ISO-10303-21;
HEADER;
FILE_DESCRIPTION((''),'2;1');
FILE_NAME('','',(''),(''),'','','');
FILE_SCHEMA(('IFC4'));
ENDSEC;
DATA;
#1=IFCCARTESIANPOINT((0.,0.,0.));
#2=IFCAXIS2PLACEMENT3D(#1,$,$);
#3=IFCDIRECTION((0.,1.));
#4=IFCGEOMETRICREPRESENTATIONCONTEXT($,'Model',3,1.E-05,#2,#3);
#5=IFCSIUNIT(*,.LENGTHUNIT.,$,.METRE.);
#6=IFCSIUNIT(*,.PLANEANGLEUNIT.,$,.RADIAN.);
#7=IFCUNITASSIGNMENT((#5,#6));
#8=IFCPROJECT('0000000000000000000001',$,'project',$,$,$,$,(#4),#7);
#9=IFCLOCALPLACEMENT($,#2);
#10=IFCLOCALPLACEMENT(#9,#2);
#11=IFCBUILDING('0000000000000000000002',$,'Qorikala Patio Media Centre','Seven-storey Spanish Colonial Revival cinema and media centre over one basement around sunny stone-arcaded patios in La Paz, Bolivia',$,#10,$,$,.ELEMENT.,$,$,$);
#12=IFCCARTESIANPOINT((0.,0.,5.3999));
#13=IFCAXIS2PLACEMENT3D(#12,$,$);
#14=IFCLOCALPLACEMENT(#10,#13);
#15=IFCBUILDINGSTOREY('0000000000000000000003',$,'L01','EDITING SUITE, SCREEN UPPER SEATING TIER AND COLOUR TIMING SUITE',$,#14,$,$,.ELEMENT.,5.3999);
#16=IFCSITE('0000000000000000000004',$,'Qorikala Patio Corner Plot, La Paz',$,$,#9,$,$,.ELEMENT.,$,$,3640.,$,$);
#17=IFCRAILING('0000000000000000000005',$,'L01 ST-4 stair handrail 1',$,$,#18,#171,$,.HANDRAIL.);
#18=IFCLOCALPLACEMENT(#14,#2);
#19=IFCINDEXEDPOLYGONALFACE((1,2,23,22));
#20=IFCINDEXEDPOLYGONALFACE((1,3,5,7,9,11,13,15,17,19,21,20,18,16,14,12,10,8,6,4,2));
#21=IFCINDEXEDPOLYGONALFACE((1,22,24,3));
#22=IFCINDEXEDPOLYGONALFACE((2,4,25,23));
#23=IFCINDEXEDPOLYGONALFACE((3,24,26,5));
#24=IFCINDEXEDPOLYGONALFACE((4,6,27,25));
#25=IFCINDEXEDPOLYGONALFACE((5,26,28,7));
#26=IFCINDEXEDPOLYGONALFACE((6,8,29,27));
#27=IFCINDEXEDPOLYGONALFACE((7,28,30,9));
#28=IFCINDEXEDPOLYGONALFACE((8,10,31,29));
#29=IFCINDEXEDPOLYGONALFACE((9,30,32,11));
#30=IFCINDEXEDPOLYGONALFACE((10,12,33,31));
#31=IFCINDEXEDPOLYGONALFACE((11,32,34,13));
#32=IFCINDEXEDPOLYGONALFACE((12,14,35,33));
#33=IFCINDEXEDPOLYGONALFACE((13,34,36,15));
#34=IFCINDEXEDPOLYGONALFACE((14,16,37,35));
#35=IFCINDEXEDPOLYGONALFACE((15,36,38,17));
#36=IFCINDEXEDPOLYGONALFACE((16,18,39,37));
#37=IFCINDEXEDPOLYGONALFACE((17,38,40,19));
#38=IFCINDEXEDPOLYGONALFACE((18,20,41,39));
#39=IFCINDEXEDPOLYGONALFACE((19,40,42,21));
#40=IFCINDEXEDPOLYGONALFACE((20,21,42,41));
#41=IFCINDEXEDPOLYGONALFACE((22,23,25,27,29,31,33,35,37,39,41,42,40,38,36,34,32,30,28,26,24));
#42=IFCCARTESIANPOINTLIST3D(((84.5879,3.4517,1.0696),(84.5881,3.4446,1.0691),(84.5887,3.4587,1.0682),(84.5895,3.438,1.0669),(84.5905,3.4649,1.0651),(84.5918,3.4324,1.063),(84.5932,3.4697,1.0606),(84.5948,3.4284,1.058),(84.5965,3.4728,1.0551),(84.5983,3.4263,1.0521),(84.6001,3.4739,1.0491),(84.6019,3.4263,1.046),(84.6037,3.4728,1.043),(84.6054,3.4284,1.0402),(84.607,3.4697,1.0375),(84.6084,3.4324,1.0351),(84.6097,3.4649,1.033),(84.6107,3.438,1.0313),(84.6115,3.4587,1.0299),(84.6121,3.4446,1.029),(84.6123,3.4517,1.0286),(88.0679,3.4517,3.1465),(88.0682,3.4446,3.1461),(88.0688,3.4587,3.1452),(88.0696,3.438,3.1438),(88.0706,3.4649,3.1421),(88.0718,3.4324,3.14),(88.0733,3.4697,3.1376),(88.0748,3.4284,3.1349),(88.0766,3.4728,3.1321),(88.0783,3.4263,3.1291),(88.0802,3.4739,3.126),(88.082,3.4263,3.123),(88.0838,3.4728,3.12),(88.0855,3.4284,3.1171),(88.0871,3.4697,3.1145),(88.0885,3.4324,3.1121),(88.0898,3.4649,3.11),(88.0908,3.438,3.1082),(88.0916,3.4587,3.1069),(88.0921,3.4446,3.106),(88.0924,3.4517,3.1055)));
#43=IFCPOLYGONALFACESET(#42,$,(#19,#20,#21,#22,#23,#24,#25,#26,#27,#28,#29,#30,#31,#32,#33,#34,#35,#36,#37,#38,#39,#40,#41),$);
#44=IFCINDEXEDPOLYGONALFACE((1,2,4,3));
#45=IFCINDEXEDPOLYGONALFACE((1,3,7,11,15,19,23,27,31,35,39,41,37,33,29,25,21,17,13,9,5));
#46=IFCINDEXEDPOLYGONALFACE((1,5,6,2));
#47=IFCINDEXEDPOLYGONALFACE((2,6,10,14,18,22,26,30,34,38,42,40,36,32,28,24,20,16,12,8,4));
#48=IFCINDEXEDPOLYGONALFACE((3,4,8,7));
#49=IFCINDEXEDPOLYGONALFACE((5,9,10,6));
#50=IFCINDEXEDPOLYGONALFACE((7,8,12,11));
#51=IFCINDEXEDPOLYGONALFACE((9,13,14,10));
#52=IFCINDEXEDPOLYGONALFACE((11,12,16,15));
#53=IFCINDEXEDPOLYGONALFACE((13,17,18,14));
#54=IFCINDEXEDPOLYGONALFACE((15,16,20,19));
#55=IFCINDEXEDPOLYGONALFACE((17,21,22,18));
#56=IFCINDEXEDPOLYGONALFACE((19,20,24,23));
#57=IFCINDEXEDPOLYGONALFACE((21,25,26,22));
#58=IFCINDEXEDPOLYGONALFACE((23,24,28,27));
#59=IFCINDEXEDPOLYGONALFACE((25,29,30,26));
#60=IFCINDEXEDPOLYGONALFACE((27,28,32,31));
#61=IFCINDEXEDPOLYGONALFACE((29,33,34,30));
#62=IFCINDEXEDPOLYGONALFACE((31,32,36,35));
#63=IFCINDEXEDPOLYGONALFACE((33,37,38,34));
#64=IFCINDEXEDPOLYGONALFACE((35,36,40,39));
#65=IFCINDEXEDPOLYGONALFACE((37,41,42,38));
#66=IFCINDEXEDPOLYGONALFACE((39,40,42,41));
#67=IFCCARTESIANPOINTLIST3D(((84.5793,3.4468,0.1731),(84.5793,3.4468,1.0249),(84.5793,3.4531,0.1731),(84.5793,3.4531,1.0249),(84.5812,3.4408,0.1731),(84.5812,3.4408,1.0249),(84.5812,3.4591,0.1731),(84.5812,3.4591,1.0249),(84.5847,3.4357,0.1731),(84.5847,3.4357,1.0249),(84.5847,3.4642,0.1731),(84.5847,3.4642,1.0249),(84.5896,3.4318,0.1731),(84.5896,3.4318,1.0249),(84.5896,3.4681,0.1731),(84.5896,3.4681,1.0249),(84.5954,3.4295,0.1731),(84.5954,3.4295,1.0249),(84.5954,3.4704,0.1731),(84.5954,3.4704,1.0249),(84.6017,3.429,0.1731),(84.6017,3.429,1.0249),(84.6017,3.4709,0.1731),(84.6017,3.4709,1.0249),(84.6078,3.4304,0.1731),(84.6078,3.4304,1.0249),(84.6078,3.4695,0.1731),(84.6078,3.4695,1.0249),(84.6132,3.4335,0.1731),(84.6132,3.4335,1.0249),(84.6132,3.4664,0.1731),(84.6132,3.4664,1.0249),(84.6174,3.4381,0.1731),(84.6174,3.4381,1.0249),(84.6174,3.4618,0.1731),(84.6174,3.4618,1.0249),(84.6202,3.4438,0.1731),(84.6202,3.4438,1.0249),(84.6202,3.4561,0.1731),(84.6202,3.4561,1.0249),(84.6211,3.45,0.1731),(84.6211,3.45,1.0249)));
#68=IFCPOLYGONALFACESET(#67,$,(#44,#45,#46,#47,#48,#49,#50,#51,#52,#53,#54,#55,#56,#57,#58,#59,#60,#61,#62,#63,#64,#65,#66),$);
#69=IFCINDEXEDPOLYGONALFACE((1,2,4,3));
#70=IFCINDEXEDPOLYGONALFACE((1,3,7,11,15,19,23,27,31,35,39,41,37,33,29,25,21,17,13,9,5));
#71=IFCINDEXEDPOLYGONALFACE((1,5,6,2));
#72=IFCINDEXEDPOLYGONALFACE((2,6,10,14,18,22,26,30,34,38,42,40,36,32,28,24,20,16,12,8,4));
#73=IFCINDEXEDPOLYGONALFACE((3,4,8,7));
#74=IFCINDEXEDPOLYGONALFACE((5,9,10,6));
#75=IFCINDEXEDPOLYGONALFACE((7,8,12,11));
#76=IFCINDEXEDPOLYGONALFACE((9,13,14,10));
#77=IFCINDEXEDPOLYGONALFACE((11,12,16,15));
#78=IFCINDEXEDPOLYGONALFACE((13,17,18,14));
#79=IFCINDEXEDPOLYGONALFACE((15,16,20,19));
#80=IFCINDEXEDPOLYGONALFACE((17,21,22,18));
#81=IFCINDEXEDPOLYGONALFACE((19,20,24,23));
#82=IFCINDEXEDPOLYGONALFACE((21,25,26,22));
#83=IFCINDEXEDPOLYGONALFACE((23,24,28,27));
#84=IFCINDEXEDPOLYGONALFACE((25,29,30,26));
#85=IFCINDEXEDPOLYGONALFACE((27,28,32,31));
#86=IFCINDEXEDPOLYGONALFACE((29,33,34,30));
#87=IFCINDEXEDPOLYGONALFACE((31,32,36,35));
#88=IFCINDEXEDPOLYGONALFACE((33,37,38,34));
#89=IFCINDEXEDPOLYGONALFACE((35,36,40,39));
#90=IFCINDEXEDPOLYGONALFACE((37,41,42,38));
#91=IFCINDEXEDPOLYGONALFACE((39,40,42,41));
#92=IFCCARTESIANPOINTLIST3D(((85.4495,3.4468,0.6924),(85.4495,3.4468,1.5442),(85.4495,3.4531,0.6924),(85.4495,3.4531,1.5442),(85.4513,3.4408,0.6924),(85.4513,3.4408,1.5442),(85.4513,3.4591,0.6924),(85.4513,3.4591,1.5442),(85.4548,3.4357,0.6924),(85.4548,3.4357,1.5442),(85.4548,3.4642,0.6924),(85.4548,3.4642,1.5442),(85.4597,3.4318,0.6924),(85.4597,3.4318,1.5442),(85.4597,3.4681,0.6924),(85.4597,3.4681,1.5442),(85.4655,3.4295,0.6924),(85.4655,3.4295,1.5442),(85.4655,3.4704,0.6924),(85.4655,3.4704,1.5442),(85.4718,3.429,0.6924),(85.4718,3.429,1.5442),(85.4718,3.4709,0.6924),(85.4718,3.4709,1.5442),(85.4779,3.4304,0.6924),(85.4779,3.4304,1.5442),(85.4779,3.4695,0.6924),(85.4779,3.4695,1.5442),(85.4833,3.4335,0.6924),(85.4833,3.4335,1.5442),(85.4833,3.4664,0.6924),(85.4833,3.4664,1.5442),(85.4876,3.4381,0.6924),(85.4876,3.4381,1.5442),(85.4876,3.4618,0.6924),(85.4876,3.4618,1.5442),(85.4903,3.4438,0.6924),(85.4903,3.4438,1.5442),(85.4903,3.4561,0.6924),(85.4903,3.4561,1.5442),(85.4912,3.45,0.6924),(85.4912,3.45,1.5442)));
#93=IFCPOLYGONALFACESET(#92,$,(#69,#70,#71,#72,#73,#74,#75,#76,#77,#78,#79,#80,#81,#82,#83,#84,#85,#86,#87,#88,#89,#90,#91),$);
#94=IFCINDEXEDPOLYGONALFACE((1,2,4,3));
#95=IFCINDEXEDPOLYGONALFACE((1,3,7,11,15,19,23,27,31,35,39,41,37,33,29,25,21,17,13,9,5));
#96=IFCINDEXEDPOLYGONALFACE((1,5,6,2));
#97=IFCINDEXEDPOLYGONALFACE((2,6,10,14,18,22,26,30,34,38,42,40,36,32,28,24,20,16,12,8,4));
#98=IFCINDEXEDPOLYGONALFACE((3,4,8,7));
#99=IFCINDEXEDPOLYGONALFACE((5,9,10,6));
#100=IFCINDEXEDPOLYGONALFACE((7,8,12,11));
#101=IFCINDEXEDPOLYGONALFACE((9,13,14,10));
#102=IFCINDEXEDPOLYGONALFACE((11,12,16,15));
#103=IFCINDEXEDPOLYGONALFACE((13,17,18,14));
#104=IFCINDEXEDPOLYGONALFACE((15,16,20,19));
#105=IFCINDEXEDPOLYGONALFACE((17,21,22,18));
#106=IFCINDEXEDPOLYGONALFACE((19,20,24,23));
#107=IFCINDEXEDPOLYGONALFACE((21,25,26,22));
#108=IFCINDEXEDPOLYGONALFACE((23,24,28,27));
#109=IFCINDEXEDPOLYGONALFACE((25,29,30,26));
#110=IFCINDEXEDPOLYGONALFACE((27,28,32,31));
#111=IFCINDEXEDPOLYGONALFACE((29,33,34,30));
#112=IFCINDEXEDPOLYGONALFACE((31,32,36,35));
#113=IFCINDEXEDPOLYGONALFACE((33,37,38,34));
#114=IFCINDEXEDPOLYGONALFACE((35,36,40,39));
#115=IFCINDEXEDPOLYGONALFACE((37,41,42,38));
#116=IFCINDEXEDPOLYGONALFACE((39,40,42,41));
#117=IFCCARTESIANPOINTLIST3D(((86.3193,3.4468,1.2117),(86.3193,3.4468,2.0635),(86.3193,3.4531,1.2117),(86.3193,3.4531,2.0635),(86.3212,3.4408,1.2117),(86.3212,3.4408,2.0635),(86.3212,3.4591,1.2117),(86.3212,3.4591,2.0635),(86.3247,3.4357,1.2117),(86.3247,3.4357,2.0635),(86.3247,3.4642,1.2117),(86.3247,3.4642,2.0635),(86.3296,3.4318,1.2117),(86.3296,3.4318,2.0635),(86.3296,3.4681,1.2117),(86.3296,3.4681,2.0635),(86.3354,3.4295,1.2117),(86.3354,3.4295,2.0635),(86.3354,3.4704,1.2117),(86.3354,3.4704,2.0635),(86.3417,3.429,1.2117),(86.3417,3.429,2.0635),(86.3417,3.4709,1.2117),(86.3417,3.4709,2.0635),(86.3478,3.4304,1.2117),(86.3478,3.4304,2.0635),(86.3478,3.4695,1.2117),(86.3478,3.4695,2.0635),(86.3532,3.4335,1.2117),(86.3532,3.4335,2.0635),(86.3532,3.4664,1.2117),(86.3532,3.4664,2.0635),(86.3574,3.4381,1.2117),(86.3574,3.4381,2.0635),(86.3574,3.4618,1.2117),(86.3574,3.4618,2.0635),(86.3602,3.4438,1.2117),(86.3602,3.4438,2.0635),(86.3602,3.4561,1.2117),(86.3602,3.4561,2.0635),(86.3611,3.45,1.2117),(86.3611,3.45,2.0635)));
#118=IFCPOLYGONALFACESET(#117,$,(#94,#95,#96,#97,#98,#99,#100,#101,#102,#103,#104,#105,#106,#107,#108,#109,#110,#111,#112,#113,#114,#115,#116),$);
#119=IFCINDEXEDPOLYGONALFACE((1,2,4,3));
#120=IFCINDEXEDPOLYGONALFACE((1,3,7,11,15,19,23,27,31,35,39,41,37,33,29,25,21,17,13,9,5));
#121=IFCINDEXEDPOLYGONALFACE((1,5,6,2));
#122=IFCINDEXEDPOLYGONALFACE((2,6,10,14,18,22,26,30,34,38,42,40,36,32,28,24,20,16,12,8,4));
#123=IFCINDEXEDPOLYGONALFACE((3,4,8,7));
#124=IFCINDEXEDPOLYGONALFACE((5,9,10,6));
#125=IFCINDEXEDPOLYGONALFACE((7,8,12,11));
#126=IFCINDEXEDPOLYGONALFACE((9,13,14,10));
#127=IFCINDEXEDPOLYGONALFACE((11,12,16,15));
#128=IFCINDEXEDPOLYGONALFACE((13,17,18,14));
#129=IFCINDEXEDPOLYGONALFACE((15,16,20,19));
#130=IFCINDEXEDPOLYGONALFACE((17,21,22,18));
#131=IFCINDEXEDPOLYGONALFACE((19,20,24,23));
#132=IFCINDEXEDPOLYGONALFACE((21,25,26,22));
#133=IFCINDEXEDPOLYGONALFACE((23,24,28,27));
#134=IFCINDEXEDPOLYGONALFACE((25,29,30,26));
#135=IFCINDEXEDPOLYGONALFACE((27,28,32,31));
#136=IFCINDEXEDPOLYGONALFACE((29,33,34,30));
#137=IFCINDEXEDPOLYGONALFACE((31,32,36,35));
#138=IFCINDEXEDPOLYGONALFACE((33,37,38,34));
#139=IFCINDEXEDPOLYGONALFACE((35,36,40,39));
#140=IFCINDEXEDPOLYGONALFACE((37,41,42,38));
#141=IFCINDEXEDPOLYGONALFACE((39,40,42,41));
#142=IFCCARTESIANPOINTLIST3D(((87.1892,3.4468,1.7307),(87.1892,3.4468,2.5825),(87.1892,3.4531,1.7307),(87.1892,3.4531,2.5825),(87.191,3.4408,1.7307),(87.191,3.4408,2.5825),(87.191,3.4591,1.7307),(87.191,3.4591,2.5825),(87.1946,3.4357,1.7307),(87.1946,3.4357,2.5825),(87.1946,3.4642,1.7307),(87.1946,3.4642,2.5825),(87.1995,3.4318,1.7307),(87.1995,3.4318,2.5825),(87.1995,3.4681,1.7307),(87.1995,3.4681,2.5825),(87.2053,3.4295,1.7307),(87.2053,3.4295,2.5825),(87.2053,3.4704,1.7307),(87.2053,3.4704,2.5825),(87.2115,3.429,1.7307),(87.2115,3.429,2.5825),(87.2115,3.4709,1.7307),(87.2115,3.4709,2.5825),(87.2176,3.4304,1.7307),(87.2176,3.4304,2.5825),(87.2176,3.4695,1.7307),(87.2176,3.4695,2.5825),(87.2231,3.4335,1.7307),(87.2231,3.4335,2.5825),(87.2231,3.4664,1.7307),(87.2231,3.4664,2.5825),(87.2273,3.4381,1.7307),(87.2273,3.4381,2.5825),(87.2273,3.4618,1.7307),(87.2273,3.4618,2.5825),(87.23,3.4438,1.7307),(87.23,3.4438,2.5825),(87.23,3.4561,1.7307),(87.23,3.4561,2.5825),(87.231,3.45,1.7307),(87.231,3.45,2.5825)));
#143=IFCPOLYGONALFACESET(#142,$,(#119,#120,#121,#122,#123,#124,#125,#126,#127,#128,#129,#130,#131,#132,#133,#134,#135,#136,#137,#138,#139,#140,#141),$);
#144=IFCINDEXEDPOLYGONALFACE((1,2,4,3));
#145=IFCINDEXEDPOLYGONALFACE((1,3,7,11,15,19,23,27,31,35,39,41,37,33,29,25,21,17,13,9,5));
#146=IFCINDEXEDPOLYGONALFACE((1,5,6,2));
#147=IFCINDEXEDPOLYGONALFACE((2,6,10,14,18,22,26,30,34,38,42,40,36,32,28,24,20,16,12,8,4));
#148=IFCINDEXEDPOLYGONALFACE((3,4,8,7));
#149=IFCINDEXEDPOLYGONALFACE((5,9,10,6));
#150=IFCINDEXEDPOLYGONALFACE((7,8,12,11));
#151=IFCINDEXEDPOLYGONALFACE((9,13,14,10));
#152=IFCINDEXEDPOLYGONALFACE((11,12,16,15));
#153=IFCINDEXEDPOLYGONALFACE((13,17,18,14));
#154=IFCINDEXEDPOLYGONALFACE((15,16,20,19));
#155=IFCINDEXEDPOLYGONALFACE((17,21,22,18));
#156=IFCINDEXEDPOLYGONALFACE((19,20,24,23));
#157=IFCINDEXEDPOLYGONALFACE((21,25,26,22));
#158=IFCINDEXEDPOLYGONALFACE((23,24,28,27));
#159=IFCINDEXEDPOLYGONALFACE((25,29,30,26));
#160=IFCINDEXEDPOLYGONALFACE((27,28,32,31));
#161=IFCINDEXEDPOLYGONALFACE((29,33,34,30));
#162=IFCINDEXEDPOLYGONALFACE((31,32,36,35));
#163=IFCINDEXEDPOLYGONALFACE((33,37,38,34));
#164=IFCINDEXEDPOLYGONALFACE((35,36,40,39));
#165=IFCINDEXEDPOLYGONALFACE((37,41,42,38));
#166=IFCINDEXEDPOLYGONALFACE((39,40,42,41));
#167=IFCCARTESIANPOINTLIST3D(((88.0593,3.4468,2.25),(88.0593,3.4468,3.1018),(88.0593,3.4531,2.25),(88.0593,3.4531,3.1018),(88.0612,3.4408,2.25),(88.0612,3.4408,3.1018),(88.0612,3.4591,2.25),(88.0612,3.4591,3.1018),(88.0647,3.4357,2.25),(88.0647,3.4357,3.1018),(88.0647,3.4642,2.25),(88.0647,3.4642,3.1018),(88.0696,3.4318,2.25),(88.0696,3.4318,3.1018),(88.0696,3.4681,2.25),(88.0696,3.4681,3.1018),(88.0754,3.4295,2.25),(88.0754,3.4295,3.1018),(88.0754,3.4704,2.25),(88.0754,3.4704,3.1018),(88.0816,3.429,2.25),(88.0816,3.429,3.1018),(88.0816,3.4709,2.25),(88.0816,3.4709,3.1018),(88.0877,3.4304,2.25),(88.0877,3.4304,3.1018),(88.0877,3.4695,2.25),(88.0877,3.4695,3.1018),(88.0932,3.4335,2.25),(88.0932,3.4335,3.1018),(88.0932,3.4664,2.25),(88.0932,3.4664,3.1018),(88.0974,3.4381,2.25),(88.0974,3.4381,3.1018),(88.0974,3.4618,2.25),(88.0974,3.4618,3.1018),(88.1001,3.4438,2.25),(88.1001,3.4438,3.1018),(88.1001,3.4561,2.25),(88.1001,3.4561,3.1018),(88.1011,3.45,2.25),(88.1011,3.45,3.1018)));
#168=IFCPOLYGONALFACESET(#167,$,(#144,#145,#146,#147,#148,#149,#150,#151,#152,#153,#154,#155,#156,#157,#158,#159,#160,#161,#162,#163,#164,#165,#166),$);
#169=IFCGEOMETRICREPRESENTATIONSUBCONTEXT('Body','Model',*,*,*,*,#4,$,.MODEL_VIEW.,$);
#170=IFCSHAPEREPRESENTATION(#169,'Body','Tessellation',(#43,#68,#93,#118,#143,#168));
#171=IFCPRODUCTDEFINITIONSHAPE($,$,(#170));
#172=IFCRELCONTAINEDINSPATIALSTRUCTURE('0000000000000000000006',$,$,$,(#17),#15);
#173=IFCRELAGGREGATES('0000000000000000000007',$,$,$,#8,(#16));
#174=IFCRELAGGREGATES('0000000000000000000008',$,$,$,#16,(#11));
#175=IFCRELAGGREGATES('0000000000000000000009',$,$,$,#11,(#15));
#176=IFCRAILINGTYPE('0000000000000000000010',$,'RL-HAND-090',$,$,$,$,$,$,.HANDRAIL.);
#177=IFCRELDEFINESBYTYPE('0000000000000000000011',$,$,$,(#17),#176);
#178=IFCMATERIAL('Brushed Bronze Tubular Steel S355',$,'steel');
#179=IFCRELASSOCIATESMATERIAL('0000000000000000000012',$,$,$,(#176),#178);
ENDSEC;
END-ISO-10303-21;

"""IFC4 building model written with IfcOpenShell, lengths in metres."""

from ifc_helpers import new_model, si_unit, direction, frame, origin, origin_2d, place, context, subcontext, project, spatial, circle, extrude, material, type_object, element, save


model = new_model("IFC4")

# Units and contexts
model_context = context("Model", 3, precision=1e-05, world=origin(), true_north=direction((0.0, 1.0)))
body_context = subcontext(model_context, "Body", "Model", "MODEL_VIEW")
ifc_project = project(units=[si_unit("LENGTHUNIT", "METRE"), si_unit("PLANEANGLEUNIT", "RADIAN")], contexts=[model_context])

# Site, building, storey
site_placement = place(None, origin())
site = spatial("IfcSite", under=ifc_project, at=site_placement, Name="Qorikala Patio Corner Plot, La Paz", CompositionType="ELEMENT", RefElevation=3640.0)
building_placement = place(site_placement, origin())
building = spatial("IfcBuilding", under=site, at=building_placement, Name="Qorikala Patio Media Centre", Description="Seven-storey Spanish Colonial Revival cinema and media centre over one basement around sunny stone-arcaded patios in La Paz, Bolivia", CompositionType="ELEMENT")
storey_placement = place(building_placement, frame((0.0, 0.0, 5.3999)))
storey = spatial("IfcBuildingStorey", under=building, at=storey_placement, Name="L01", Description="EDITING SUITE, SCREEN UPPER SEATING TIER AND COLOUR TIMING SUITE", CompositionType="ELEMENT", Elevation=5.3999)

# Railing
ifc_material_1 = material(Name="Brushed Bronze Tubular Steel S355", Category="steel")
railing_type_1 = type_object("IfcRailingType", Name="RL-HAND-090", PredefinedType="HANDRAIL", material=ifc_material_1)
railing_1_placement = place(storey_placement, frame((84.6001, 3.45, 0.1731)))
element("IfcRailing", 1, at=railing_1_placement, inside=storey, type_object=railing_type_1, Name="L01 ST-4 stair handrail 1", PredefinedType="HANDRAIL", context=body_context, shape_type="SweptSolid", body=[
    extrude(circle(Radius=0.0239, at=origin_2d()), frame((0.0, 0.0, 0.876), z_axis=(0.858697, 0.0, 0.512483), x_axis=(0.0, 1.0, 0.0)), (0.0, 0.0, 1.0), 4.0527),
    extrude(circle(Radius=0.021, at=origin_2d()), origin(), (0.0, 0.0, 1.0), 0.8518),
    extrude(circle(Radius=0.021, at=origin_2d()), frame((0.8701, 0.0, 0.5193)), (0.0, 0.0, 1.0), 0.8518),
    extrude(circle(Radius=0.021, at=origin_2d()), frame((1.74, 0.0, 1.0386)), (0.0, 0.0, 1.0), 0.8518),
    extrude(circle(Radius=0.021, at=origin_2d()), frame((2.6099, 0.0, 1.5576)), (0.0, 0.0, 1.0), 0.8518),
    extrude(circle(Radius=0.021, at=origin_2d()), frame((3.48, 0.0, 2.0769)), (0.0, 0.0, 1.0), 0.8518),
])

save(model, "model.ifc")
